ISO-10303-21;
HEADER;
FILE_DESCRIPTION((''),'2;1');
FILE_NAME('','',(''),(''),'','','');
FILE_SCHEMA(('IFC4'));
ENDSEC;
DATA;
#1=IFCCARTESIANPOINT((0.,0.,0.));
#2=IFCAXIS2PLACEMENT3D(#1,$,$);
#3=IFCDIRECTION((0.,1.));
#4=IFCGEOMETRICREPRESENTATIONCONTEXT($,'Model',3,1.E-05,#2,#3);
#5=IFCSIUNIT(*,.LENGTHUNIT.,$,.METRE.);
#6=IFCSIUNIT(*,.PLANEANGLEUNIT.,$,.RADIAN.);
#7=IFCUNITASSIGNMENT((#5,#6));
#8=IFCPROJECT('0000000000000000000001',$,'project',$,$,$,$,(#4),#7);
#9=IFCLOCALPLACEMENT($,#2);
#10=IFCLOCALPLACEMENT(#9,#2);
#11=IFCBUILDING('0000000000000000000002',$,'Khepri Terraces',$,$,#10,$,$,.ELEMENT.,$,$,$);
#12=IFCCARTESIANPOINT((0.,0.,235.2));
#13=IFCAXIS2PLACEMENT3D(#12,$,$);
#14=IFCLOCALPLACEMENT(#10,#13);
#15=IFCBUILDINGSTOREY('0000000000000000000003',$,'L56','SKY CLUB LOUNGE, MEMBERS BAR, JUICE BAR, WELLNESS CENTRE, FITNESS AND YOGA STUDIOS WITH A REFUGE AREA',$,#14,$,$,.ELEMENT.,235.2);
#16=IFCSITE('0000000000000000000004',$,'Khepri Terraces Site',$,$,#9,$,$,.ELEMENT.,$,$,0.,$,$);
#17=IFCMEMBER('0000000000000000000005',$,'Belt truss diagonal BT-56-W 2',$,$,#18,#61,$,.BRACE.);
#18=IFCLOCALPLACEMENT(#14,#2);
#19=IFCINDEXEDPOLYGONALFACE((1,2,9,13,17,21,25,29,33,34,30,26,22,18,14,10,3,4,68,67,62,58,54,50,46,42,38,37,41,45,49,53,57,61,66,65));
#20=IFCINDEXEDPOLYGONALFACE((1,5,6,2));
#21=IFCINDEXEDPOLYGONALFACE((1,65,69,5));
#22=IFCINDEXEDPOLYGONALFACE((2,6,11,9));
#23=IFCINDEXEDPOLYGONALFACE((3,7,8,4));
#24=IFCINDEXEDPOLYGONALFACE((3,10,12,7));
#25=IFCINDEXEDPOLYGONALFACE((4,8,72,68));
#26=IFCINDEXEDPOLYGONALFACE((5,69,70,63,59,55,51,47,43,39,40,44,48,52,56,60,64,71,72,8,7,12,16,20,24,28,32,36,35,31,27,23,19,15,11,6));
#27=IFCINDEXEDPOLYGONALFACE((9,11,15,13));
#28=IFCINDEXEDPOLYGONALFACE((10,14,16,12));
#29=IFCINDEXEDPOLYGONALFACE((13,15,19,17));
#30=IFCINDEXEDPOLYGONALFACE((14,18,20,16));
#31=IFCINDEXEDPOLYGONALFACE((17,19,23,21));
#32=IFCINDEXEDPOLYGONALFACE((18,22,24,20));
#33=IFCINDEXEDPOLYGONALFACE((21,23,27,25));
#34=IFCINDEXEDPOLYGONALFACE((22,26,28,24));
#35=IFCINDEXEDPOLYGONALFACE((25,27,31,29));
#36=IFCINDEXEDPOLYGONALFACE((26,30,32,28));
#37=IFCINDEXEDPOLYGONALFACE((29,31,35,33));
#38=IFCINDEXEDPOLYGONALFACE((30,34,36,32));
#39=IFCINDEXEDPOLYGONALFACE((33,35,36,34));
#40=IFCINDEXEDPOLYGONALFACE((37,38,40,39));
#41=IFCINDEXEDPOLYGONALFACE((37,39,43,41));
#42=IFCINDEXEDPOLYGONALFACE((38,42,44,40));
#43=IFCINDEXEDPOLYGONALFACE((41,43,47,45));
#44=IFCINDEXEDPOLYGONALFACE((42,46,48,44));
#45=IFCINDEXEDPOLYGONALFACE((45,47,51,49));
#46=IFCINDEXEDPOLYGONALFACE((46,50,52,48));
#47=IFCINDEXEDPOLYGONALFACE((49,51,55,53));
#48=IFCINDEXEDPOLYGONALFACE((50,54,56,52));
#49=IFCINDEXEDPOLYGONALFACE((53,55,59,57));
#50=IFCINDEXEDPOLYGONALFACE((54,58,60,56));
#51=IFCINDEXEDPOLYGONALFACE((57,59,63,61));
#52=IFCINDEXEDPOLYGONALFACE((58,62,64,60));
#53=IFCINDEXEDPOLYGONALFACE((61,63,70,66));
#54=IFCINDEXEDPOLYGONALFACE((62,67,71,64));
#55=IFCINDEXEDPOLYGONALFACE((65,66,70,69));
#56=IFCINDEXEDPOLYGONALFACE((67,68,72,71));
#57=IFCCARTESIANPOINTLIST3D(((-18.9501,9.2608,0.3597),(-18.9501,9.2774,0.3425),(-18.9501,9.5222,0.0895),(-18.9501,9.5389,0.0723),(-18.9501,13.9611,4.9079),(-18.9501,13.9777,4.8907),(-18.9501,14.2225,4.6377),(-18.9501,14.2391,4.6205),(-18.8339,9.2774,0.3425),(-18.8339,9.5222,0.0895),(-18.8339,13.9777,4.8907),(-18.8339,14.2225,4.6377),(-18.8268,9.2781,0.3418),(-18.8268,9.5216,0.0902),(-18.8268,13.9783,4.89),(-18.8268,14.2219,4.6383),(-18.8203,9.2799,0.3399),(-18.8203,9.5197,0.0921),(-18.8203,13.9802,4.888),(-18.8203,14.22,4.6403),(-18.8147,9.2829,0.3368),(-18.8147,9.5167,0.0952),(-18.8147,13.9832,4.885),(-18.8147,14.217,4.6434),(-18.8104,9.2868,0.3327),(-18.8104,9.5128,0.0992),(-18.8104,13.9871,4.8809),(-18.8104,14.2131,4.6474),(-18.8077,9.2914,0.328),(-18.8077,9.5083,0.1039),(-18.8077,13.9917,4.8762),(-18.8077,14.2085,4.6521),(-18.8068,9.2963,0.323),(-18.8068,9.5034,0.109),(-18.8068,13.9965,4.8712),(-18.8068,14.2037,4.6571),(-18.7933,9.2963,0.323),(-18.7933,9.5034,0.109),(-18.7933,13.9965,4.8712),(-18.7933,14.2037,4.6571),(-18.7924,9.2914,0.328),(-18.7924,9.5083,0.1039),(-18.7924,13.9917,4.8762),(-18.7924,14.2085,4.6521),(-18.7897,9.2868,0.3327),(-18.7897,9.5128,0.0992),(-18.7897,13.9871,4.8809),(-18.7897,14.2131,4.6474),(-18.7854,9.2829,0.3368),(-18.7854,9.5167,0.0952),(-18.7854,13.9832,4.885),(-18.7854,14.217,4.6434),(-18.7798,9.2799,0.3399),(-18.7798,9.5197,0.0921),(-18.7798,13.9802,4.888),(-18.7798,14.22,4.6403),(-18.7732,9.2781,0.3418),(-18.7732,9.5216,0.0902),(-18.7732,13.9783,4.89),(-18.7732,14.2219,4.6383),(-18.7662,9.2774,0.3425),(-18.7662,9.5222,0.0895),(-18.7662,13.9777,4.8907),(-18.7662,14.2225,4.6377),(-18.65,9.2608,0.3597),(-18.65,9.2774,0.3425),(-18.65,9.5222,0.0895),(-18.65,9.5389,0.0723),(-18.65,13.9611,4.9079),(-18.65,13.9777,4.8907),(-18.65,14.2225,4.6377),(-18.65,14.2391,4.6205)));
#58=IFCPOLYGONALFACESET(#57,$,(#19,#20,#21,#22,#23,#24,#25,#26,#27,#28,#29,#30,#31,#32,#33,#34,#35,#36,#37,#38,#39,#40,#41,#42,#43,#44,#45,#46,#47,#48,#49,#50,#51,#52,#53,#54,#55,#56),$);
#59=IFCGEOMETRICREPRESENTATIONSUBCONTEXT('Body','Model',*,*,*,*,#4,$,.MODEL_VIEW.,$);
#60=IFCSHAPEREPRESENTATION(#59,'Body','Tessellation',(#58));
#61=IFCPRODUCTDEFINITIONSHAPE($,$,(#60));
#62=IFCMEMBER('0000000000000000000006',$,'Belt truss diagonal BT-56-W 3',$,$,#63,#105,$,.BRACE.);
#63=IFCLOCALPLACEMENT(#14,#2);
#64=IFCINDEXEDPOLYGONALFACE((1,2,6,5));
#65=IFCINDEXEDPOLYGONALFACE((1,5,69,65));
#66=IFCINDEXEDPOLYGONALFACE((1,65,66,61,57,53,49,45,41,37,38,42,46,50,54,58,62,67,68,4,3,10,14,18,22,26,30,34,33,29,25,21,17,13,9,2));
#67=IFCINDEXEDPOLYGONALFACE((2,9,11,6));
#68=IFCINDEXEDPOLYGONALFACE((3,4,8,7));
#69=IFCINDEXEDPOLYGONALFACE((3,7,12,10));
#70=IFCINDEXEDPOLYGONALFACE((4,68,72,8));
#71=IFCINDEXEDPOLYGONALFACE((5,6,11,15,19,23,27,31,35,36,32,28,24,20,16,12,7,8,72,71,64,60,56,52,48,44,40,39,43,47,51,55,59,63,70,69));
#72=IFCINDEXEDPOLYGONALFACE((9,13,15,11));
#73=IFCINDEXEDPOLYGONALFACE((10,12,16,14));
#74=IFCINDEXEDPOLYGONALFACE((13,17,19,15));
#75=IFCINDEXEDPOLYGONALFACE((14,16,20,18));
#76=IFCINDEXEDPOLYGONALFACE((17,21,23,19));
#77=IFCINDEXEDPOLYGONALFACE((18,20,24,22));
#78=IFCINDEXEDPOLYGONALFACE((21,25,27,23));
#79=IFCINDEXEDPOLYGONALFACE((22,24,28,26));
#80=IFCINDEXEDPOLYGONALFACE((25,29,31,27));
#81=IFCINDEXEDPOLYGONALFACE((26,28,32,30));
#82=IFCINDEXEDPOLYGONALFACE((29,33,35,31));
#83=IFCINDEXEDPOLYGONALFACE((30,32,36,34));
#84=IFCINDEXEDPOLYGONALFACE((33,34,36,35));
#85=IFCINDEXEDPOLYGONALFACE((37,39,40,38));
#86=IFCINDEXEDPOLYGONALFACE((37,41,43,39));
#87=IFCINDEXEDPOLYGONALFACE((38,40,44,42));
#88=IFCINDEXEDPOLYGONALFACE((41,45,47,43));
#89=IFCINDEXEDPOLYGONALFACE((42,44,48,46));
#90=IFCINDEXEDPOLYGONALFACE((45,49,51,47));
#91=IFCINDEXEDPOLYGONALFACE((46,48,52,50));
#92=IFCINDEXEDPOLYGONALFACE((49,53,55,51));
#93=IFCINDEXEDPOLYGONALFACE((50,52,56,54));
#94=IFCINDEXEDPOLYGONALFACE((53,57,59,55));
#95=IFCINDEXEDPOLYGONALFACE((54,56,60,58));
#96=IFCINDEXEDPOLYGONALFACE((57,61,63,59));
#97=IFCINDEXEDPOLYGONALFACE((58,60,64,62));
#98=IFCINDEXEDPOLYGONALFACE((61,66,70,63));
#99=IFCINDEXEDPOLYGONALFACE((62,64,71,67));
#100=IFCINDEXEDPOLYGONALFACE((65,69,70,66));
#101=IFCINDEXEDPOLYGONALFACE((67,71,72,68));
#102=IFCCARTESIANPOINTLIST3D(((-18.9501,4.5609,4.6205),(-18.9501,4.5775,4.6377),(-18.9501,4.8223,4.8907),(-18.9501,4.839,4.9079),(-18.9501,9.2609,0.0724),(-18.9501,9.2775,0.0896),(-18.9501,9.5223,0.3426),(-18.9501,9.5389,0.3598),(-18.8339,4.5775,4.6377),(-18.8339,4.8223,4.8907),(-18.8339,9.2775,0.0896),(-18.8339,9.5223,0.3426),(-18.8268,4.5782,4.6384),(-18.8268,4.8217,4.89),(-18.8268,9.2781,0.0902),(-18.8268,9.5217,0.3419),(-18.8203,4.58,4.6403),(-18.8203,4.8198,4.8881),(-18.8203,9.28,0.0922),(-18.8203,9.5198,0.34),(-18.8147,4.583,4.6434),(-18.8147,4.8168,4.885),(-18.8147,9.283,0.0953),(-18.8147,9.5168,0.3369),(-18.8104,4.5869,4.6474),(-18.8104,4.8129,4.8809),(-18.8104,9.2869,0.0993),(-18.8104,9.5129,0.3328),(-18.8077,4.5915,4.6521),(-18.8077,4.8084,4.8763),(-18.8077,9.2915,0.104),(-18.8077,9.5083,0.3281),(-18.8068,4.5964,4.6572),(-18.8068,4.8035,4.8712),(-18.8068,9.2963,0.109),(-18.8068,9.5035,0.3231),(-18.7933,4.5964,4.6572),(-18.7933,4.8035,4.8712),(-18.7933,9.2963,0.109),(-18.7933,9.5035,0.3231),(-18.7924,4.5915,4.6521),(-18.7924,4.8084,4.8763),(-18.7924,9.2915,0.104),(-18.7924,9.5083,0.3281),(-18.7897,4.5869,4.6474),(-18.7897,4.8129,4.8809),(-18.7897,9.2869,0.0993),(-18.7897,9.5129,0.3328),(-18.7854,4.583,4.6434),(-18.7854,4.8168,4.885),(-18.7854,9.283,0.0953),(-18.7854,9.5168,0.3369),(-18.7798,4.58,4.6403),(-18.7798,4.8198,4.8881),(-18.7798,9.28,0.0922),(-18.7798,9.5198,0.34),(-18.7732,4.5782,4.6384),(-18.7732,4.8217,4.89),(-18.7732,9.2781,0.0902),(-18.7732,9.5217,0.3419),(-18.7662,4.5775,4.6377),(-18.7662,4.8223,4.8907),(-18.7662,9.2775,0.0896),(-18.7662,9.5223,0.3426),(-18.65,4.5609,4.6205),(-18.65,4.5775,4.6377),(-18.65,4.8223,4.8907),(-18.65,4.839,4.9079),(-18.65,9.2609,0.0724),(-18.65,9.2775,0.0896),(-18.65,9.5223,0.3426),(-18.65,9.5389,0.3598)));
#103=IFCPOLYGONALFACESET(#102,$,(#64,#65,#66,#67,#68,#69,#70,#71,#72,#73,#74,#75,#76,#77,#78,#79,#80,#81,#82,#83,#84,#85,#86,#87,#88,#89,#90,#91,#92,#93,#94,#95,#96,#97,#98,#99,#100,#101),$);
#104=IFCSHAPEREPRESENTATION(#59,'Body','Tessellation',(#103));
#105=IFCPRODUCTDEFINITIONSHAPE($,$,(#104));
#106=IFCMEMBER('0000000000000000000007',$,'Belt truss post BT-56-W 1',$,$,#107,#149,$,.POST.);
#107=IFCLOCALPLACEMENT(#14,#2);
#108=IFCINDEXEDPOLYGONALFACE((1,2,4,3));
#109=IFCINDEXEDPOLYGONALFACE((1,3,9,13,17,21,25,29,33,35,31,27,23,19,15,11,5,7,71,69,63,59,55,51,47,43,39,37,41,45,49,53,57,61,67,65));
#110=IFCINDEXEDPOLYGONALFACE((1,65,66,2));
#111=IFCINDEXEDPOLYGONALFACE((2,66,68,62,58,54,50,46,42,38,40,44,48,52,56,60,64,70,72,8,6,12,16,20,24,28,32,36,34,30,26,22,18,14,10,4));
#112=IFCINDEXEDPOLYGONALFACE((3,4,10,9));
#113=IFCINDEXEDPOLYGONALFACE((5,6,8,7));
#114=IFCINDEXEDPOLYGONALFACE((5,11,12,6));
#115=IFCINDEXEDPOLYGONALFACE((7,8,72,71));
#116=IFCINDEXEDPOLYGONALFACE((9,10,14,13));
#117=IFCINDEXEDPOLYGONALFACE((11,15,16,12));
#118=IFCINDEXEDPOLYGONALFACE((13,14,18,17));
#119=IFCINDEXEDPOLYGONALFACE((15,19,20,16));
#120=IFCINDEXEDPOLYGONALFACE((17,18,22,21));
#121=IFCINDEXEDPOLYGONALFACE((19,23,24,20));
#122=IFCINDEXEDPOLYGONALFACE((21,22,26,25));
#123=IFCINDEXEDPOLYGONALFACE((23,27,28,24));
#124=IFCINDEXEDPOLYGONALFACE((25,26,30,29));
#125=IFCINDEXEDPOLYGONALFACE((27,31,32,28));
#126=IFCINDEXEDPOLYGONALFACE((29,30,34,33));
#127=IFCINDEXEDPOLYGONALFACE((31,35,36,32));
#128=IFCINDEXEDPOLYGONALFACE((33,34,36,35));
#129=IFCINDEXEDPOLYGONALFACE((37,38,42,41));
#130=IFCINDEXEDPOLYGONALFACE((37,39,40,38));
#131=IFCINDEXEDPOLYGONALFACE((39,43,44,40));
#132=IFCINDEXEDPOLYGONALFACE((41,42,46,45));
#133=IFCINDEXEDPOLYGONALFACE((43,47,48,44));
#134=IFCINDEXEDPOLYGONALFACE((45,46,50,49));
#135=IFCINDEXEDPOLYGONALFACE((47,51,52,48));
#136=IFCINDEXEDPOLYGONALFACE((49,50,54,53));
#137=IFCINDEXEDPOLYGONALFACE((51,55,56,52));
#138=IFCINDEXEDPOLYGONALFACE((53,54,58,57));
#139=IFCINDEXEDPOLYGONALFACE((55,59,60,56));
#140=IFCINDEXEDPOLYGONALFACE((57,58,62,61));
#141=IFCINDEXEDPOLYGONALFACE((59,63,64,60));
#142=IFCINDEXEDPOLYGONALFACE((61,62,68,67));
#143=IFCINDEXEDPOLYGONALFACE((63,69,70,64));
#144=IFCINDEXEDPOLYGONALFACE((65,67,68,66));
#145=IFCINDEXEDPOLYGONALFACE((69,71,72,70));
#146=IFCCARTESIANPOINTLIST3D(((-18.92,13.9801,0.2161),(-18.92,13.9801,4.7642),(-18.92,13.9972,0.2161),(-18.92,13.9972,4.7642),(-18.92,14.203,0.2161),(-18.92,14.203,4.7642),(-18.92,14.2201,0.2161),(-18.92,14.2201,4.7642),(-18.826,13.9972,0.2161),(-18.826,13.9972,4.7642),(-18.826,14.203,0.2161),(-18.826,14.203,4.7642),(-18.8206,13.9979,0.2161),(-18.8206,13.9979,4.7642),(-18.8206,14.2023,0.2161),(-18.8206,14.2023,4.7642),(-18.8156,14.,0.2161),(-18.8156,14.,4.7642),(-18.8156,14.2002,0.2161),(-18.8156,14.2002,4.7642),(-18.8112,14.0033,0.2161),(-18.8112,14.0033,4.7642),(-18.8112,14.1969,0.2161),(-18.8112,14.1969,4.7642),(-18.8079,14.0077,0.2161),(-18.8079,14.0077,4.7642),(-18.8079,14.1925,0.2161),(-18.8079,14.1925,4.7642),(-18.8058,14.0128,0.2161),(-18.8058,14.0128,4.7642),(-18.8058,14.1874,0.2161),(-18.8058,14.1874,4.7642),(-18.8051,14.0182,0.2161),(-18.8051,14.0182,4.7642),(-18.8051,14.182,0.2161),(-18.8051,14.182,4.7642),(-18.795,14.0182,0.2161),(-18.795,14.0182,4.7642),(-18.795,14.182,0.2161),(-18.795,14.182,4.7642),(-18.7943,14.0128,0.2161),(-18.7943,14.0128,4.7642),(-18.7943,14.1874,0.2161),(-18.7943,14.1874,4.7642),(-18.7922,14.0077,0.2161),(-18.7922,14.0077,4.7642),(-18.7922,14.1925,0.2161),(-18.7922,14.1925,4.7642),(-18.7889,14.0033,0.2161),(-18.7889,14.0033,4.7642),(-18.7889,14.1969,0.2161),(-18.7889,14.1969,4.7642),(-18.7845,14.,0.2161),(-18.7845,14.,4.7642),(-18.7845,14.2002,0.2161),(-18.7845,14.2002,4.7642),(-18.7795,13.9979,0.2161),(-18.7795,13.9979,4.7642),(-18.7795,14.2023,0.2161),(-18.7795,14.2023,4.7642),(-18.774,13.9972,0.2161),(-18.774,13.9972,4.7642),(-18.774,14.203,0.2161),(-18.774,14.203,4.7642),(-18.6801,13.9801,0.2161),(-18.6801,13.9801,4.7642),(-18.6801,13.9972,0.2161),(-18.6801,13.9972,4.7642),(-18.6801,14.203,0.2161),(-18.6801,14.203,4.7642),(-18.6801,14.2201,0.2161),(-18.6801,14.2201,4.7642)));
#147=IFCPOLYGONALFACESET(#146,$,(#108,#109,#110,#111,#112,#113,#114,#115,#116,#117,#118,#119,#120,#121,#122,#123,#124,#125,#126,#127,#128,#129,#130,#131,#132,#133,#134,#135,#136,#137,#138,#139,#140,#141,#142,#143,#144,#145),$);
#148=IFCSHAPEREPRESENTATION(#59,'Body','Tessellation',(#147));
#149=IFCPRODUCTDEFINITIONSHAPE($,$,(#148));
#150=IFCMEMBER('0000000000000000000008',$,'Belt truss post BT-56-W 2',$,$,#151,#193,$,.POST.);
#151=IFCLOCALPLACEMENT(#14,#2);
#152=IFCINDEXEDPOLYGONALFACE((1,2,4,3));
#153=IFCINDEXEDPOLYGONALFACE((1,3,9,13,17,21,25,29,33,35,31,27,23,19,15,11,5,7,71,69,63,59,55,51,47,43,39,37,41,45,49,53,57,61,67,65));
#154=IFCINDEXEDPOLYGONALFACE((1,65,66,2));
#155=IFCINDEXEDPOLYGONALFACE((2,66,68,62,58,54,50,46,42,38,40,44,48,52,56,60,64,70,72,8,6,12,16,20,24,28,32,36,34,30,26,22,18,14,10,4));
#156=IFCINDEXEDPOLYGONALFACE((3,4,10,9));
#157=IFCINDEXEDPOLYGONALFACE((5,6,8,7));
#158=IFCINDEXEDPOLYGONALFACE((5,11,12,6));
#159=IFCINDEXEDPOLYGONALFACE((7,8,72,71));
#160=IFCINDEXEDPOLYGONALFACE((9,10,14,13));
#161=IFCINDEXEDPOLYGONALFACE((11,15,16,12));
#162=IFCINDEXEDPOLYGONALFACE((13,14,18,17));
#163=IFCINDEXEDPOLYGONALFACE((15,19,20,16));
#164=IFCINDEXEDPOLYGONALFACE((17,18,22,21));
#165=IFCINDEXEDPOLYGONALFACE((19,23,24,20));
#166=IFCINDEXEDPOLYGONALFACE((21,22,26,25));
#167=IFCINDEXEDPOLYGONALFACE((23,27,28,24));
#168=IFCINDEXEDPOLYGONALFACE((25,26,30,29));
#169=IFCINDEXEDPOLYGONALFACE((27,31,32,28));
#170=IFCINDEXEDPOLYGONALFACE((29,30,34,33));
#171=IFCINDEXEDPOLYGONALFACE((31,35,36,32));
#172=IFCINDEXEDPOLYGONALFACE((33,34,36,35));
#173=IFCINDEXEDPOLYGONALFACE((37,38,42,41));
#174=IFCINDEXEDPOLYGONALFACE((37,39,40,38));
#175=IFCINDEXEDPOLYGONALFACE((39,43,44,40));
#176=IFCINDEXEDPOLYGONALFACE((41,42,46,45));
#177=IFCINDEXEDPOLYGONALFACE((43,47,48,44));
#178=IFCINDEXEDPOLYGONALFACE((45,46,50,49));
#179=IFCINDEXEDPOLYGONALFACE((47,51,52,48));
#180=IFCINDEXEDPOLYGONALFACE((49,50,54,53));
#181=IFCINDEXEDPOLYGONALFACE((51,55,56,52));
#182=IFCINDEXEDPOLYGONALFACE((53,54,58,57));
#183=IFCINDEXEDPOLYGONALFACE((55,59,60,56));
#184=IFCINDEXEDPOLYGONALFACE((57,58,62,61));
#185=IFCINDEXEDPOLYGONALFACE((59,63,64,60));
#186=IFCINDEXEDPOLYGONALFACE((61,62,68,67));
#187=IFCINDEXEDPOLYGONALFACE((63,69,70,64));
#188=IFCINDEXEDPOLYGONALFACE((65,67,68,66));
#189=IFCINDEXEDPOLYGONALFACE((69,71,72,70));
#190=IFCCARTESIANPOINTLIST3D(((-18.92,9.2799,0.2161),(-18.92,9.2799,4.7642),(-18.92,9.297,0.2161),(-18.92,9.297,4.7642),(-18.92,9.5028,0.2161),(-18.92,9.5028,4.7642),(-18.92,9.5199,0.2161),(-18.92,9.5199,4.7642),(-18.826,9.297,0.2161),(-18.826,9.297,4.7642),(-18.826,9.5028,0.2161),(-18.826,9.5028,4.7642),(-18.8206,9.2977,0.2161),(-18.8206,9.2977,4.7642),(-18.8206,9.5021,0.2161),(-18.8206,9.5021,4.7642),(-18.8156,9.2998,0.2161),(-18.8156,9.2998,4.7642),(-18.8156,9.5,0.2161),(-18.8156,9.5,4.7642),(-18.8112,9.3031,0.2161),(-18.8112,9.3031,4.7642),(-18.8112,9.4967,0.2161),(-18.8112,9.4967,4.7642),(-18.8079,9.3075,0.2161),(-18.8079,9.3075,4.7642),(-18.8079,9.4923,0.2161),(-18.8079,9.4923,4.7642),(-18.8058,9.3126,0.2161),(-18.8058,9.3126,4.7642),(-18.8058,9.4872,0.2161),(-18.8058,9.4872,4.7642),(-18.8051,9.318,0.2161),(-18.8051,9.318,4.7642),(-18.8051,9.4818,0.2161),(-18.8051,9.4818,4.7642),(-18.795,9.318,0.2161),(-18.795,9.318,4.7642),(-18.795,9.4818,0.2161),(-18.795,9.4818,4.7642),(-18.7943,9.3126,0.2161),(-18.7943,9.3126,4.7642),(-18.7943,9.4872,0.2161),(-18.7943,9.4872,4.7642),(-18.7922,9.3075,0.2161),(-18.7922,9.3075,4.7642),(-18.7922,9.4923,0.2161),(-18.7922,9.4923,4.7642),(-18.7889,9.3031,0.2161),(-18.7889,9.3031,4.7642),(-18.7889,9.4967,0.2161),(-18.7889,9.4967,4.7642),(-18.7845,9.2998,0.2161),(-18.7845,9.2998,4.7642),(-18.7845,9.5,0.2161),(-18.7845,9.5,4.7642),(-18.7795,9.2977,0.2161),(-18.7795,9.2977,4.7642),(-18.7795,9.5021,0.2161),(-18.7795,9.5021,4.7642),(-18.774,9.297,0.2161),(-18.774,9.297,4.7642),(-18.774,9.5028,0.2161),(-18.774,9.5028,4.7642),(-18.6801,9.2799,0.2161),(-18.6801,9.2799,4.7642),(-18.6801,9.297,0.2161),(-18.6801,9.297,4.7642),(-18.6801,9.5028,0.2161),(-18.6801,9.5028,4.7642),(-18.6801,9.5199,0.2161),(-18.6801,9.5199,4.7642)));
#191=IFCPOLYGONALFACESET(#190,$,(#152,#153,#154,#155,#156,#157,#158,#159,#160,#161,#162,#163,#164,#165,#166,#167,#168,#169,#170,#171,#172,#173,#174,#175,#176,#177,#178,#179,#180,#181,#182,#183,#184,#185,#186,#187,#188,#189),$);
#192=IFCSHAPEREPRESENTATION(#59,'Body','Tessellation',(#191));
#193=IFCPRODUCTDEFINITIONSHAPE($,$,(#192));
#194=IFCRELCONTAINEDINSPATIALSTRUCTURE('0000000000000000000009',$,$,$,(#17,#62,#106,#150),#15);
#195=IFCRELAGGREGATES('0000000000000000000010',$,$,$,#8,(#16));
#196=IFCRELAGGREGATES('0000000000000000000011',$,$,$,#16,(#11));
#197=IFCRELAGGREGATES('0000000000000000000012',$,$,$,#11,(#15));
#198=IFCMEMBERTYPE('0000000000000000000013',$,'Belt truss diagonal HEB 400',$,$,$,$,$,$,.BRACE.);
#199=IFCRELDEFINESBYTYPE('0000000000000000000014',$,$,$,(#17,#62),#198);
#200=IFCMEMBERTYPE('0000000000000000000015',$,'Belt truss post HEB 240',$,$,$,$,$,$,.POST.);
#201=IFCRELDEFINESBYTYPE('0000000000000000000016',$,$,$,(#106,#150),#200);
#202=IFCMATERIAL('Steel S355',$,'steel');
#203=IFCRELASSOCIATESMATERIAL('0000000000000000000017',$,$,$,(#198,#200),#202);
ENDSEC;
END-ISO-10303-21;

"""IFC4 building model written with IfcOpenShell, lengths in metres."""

from ifc_helpers import new_model, si_unit, direction, frame, origin, origin_2d, place, context, subcontext, project, spatial, i_section, extrude, material, material_profile, profile_set, type_object, element, save


model = new_model("IFC4")

# Units and contexts
model_context = context("Model", 3, precision=1e-05, world=origin(), true_north=direction((0.0, 1.0)))
body_context = subcontext(model_context, "Body", "Model", "MODEL_VIEW")
ifc_project = project(units=[si_unit("LENGTHUNIT", "METRE"), si_unit("PLANEANGLEUNIT", "RADIAN")], contexts=[model_context])

# Site, building, storey
site_placement = place(None, origin())
site = spatial("IfcSite", under=ifc_project, at=site_placement, Name="Khepri Terraces Site", CompositionType="ELEMENT", RefElevation=0.0)
building_placement = place(site_placement, origin())
building = spatial("IfcBuilding", under=site, at=building_placement, Name="Khepri Terraces", CompositionType="ELEMENT")
storey_placement = place(building_placement, frame((0.0, 0.0, 235.2)))
storey = spatial("IfcBuildingStorey", under=building, at=storey_placement, Name="L56", Description="SKY CLUB LOUNGE, MEMBERS BAR, JUICE BAR, WELLNESS CENTRE, FITNESS AND YOGA STUDIOS WITH A REFUGE AREA", CompositionType="ELEMENT", Elevation=235.2)

# Members
ifc_material_1 = material(Name="Steel S355", Category="steel")
ifc_material_profile_1 = material_profile(ifc_material_1, i_section(OverallWidth=0.3, OverallDepth=0.3999, WebThickness=0.0134, FlangeThickness=0.0239, FilletRadius=0.0271, at=origin_2d()), Name="Steel S355", Category="steel")
ifc_profile_set_1 = profile_set([ifc_material_profile_1], Name="Steel S355")
member_type_1 = type_object("IfcMemberType", Name="Belt truss diagonal HEB 400", PredefinedType="BRACE", material=ifc_profile_set_1)
member_1_placement = place(storey_placement, frame((-18.8, 14.1001, 4.7642), z_axis=(0.0, -0.718639, -0.695383), x_axis=(1.0, 0.0, 0.0)))
element("IfcMember", 1, at=member_1_placement, inside=storey, type_object=member_type_1, Name="Belt truss diagonal BT-56-W 2", PredefinedType="BRACE", context=body_context, shape_type="SweptSolid", body=[
    extrude(i_section(OverallWidth=0.3, OverallDepth=0.3999, WebThickness=0.0134, FlangeThickness=0.0239, FilletRadius=0.0271, at=origin_2d()), origin(), (0.0, 0.0, 1.0), 6.5405),
])
member_2_placement = place(storey_placement, frame((-18.8, 9.3999, 0.2161), z_axis=(0.0, -0.718621, 0.695402), x_axis=(1.0, 0.0, 0.0)))
element("IfcMember", 2, at=member_2_placement, inside=storey, type_object=member_type_1, Name="Belt truss diagonal BT-56-W 3", PredefinedType="BRACE", context=body_context, shape_type="SweptSolid", body=[
    extrude(i_section(OverallWidth=0.3, OverallDepth=0.3999, WebThickness=0.0134, FlangeThickness=0.0239, FilletRadius=0.0271, at=origin_2d()), origin(), (0.0, 0.0, 1.0), 6.5403),
])
ifc_material_profile_2 = material_profile(ifc_material_1, i_section(OverallWidth=0.24, OverallDepth=0.24, WebThickness=0.01, FlangeThickness=0.0171, FilletRadius=0.021, at=origin_2d()), Name="Steel S355", Category="steel")
ifc_profile_set_2 = profile_set([ifc_material_profile_2], Name="Steel S355")
member_type_2 = type_object("IfcMemberType", Name="Belt truss post HEB 240", PredefinedType="POST", material=ifc_profile_set_2)
for number, where, z_axis, x_axis, name in (
    (3, (-18.8, 14.1001, 0.2161), (0.0, 0.0, 1.0), (1.0, 0.0, 0.0), "Belt truss post BT-56-W 1"),
    (4, (-18.8, 9.3999, 0.2161), (0.0, 0.0, 1.0), (1.0, 0.0, 0.0), "Belt truss post BT-56-W 2"),
):
    element("IfcMember", number, at=place(storey_placement, frame(where, z_axis=z_axis, x_axis=x_axis)), inside=storey, type_object=member_type_2, Name=name, PredefinedType="POST", context=body_context, shape_type="SweptSolid", body=[
        extrude(i_section(OverallWidth=0.24, OverallDepth=0.24, WebThickness=0.01, FlangeThickness=0.0171, FilletRadius=0.021, at=origin_2d()), origin(), (0.0, 0.0, 1.0), 4.5481),
    ])

save(model, "model.ifc")
